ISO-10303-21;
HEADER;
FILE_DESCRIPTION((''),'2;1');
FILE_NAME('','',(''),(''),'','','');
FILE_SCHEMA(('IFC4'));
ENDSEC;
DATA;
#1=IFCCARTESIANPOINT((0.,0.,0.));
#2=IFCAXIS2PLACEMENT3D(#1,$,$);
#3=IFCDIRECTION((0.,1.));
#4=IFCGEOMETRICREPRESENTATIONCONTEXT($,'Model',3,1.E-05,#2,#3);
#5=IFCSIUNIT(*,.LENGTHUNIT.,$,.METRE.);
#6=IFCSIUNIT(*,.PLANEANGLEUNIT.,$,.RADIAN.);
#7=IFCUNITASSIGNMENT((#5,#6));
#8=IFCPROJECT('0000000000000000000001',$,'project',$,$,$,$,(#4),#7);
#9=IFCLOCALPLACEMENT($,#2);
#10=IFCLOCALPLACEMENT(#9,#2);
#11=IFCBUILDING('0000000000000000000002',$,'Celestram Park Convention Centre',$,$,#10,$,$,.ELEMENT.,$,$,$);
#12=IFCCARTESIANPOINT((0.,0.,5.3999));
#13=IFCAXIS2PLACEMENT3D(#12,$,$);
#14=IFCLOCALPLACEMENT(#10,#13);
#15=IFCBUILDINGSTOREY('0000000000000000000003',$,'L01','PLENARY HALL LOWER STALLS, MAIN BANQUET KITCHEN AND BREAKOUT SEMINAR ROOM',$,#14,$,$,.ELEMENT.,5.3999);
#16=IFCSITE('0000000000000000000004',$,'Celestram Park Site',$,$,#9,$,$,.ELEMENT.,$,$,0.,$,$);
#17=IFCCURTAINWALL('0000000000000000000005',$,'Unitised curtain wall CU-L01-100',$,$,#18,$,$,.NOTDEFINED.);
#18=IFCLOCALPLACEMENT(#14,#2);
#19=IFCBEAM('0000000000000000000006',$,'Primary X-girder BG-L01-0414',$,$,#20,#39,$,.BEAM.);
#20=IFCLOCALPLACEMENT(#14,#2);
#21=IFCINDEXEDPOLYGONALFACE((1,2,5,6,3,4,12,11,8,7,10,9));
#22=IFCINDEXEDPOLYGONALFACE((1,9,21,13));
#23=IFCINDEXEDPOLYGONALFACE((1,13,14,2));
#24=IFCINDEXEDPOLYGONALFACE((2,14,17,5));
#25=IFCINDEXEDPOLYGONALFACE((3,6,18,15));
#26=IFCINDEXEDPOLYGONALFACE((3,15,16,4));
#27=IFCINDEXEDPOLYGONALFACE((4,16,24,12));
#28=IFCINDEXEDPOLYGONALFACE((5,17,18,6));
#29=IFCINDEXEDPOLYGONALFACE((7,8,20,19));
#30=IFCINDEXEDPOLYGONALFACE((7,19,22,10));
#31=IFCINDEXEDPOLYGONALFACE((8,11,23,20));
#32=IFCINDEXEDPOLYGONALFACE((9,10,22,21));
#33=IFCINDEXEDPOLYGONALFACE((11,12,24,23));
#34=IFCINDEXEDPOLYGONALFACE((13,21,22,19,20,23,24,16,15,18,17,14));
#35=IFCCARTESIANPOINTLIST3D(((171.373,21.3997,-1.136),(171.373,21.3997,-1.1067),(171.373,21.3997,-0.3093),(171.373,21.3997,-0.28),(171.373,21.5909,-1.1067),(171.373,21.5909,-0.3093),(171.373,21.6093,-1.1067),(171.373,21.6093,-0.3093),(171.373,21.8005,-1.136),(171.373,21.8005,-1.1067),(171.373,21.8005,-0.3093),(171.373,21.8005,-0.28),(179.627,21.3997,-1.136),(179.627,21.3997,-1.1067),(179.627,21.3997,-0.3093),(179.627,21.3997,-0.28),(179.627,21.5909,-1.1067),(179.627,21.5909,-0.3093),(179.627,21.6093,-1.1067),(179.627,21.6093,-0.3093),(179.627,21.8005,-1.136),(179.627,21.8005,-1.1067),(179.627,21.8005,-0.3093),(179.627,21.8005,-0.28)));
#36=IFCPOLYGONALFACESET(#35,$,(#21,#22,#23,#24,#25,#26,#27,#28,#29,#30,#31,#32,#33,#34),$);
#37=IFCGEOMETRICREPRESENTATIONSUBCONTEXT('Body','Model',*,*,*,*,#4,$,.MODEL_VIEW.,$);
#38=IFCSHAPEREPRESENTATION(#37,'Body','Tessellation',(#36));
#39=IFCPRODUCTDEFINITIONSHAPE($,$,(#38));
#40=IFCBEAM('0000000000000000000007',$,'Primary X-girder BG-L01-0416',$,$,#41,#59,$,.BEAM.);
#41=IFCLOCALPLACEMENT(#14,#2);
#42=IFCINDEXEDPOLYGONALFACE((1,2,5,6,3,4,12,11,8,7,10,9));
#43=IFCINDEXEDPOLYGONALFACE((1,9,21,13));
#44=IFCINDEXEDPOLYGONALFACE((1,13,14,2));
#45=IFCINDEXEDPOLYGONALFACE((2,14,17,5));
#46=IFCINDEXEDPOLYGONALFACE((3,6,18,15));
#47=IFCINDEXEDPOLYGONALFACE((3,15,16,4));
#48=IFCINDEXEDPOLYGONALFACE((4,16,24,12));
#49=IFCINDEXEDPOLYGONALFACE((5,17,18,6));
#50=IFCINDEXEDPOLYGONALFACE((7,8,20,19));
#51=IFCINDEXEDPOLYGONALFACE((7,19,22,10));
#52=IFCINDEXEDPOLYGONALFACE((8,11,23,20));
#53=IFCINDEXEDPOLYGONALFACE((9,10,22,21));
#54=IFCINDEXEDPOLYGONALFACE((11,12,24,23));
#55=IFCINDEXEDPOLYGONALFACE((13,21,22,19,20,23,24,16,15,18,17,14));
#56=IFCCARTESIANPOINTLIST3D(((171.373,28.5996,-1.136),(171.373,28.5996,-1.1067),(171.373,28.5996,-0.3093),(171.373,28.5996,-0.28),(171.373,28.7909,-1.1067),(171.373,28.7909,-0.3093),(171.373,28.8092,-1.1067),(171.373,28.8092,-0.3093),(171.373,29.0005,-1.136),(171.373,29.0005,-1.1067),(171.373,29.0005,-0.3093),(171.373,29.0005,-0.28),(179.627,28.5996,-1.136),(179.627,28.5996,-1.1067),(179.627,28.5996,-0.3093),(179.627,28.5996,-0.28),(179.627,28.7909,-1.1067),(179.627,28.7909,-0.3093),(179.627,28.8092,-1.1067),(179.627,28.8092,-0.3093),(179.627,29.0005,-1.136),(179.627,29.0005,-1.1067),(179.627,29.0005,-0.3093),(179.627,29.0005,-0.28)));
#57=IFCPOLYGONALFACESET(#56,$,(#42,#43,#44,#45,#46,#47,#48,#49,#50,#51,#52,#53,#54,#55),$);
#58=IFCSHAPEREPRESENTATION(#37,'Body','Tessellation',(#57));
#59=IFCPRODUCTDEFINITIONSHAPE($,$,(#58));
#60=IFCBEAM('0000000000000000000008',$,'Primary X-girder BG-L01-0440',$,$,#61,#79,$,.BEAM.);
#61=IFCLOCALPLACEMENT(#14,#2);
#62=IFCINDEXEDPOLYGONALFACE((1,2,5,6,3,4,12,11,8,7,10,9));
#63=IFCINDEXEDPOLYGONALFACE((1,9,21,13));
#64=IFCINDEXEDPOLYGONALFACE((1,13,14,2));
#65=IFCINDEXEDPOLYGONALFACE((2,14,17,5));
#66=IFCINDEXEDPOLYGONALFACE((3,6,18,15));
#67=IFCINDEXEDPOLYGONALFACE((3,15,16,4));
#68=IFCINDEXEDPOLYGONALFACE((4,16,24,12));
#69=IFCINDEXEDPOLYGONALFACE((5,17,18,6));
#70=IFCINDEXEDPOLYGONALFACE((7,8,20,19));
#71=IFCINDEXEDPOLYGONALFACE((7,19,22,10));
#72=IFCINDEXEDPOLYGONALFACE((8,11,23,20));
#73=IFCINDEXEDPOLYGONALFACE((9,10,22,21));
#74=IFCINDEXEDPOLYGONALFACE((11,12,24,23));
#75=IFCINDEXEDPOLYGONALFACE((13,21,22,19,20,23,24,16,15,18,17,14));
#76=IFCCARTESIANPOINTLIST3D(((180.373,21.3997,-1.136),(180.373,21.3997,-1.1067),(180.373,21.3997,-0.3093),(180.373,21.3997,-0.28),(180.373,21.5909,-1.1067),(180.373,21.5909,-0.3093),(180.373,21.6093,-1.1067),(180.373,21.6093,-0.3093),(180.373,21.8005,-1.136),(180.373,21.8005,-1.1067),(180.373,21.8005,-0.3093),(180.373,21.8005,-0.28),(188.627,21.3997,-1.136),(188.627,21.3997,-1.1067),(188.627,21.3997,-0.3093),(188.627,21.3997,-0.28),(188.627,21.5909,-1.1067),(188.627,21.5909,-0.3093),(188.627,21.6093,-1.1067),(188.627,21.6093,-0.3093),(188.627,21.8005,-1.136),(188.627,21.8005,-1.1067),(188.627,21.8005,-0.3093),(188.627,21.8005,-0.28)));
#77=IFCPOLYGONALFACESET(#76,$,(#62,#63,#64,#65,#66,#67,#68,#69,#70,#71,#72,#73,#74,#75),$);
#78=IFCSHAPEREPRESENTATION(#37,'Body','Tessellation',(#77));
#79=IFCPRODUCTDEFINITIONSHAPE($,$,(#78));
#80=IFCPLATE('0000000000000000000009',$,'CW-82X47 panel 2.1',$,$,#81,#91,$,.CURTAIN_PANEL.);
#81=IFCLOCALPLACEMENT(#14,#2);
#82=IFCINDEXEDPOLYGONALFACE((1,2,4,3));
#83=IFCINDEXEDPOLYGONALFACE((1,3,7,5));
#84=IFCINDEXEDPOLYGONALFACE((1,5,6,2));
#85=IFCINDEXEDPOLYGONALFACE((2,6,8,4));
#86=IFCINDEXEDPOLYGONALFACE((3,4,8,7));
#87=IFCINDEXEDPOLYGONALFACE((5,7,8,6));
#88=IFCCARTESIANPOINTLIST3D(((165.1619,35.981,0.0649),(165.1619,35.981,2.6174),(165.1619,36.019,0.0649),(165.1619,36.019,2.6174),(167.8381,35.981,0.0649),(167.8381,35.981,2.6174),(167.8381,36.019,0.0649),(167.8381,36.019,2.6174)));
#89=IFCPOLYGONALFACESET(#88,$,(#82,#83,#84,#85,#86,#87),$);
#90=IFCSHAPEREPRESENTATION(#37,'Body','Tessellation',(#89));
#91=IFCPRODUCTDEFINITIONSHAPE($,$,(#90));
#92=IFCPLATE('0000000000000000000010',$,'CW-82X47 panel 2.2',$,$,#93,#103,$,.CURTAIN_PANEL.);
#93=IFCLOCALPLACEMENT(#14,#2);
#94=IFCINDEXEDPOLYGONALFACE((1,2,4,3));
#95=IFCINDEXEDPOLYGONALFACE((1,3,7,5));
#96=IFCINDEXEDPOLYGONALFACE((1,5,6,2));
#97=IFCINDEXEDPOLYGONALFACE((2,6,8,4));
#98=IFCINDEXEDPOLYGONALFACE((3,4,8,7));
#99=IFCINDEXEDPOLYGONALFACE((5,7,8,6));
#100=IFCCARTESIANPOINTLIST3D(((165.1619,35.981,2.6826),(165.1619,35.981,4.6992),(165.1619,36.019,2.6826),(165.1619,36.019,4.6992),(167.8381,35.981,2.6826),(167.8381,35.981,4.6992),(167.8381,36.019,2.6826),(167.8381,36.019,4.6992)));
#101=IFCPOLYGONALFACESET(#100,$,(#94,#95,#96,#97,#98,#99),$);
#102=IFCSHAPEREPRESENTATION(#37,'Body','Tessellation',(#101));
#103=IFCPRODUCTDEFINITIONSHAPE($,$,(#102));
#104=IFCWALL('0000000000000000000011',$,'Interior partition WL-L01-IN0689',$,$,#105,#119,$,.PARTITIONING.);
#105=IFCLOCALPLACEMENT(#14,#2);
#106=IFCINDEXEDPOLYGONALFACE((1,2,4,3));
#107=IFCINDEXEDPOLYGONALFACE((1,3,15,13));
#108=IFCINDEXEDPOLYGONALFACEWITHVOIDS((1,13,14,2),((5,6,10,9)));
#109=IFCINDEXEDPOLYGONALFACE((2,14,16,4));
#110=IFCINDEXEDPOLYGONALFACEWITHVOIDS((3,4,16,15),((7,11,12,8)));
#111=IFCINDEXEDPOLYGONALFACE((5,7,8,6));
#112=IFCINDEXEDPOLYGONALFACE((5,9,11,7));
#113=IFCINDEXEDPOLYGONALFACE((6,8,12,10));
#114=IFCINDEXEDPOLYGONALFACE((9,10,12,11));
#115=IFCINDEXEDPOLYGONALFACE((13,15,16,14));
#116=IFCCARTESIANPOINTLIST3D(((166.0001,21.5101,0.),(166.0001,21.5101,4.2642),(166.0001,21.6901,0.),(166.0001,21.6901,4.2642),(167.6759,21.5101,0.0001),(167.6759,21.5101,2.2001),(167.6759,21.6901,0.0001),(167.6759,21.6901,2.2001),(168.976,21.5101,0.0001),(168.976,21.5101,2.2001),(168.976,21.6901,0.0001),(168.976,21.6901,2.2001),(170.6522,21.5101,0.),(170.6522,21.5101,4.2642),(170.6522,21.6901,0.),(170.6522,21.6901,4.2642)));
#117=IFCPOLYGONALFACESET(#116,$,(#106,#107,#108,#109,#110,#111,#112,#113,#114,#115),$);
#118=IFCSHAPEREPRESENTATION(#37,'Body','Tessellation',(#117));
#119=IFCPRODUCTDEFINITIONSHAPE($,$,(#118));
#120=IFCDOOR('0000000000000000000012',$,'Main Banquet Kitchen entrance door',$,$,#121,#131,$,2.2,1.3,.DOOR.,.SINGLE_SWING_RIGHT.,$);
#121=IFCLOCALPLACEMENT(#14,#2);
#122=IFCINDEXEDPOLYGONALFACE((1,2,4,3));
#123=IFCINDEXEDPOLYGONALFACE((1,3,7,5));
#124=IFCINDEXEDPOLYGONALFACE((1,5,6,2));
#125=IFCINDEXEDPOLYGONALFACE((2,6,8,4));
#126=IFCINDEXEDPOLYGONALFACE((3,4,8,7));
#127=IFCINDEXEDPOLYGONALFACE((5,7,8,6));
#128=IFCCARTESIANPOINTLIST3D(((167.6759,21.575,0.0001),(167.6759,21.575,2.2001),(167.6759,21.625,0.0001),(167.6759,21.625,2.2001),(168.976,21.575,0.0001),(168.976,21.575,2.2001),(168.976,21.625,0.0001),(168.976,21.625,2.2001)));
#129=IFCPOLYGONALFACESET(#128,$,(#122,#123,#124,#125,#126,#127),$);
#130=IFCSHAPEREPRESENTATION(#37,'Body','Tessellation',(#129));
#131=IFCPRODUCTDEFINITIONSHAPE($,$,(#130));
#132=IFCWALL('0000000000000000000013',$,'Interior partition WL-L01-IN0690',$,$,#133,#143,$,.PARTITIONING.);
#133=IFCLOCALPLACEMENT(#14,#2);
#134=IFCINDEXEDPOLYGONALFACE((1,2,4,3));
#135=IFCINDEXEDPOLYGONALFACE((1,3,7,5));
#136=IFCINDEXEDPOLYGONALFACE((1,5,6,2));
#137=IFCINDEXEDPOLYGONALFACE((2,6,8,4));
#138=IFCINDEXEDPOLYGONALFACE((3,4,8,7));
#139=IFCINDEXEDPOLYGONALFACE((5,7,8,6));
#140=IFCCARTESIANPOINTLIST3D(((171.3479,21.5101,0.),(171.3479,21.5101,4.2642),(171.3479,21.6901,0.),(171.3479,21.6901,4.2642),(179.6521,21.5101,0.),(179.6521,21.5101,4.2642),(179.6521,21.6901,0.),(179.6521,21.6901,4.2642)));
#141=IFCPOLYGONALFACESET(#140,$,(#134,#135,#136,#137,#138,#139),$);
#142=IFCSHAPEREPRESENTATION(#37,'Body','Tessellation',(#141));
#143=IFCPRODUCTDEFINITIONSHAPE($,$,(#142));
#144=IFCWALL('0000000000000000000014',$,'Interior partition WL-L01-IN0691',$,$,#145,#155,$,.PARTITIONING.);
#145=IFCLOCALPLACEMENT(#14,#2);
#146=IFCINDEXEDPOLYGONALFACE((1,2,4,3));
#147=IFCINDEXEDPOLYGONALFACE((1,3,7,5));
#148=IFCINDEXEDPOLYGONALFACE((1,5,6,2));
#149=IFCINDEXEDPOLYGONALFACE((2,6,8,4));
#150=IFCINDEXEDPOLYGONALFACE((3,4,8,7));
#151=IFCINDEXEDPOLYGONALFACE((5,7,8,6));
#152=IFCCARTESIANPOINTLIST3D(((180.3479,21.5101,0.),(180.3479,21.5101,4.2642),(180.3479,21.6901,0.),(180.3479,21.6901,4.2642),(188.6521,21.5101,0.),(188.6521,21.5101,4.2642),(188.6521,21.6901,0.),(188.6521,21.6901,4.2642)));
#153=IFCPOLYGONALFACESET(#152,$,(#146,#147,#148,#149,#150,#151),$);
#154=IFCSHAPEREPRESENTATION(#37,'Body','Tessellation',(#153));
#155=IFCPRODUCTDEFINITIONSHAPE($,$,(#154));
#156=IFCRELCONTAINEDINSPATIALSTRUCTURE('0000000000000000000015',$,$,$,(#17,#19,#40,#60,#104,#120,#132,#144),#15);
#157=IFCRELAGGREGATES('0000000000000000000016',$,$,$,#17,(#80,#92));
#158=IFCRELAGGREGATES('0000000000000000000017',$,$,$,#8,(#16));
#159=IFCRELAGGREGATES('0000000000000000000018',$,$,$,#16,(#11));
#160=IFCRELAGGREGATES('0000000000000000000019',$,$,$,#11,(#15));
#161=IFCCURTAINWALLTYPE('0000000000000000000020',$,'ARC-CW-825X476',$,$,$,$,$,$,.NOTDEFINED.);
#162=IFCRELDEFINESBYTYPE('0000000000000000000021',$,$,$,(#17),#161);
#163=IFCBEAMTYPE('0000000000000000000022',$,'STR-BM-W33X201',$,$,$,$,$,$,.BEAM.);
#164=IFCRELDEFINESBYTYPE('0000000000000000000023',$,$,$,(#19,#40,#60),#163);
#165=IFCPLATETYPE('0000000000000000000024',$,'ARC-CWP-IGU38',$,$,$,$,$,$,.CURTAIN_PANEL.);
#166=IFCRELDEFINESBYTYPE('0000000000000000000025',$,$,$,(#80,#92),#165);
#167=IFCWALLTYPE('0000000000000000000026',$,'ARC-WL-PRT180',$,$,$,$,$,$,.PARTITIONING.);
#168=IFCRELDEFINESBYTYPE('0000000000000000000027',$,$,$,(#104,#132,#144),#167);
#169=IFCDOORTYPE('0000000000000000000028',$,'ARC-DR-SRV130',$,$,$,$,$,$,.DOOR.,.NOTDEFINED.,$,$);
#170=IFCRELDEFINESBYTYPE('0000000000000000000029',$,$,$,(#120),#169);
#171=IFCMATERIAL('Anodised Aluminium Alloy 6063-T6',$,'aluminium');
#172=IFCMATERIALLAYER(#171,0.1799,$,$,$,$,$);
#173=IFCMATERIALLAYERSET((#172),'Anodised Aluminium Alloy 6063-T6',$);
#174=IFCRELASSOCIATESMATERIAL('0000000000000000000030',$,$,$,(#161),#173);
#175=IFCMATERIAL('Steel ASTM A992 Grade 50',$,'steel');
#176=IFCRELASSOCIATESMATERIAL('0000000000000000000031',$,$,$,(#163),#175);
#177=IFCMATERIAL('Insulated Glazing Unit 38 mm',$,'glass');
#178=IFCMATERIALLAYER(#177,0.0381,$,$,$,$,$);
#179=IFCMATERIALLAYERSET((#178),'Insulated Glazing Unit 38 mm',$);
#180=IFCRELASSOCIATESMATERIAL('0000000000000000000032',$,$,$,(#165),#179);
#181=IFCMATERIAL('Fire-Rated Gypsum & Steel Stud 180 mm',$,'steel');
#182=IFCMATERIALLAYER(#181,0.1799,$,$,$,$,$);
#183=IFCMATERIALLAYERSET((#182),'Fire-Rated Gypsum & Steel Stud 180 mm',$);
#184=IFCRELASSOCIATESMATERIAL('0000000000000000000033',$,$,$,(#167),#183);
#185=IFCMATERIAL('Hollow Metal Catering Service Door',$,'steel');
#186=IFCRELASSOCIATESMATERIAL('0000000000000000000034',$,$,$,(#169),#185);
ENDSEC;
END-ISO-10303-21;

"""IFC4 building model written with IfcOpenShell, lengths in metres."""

from ifc_helpers import new_model, si_unit, direction, frame, frame_2d, origin, origin_2d, place, context, subcontext, project, spatial, rectangle, i_section, extrude, material, layer, layer_set, material_profile, profile_set, type_object, element, fill, aggregate, save


model = new_model("IFC4")

# Units and contexts
model_context = context("Model", 3, precision=1e-05, world=origin(), true_north=direction((0.0, 1.0)))
body_context = subcontext(model_context, "Body", "Model", "MODEL_VIEW")
ifc_project = project(units=[si_unit("LENGTHUNIT", "METRE"), si_unit("PLANEANGLEUNIT", "RADIAN")], contexts=[model_context])

# Site, building, storey
site_placement = place(None, origin())
site = spatial("IfcSite", under=ifc_project, at=site_placement, Name="Celestram Park Site", CompositionType="ELEMENT", RefElevation=0.0)
building_placement = place(site_placement, origin())
building = spatial("IfcBuilding", under=site, at=building_placement, Name="Celestram Park Convention Centre", CompositionType="ELEMENT")
storey_placement = place(building_placement, frame((0.0, 0.0, 5.3999)))
storey = spatial("IfcBuildingStorey", under=building, at=storey_placement, Name="L01", Description="PLENARY HALL LOWER STALLS, MAIN BANQUET KITCHEN AND BREAKOUT SEMINAR ROOM", CompositionType="ELEMENT", Elevation=5.3999)

# Curtain wall
ifc_material_1 = material(Name="Anodised Aluminium Alloy 6063-T6", Category="aluminium")
ifc_layer_1 = layer(ifc_material_1, 0.1799)
ifc_layer_set_1 = layer_set([ifc_layer_1], Name="Anodised Aluminium Alloy 6063-T6")
curtain_wall_type = type_object("IfcCurtainWallType", Name="ARC-CW-825X476", PredefinedType="NOTDEFINED", material=ifc_layer_set_1)
curtain_wall_placement = place(storey_placement, origin())
curtain_wall = element("IfcCurtainWall", 1, at=curtain_wall_placement, inside=storey, type_object=curtain_wall_type, Name="Unitised curtain wall CU-L01-100", PredefinedType="NOTDEFINED")

# Beams
ifc_material_2 = material(Name="Steel ASTM A992 Grade 50", Category="steel")
ifc_material_profile_1 = material_profile(ifc_material_2, i_section(OverallWidth=0.4009, OverallDepth=0.856, WebThickness=0.0183, FlangeThickness=0.0293, at=origin_2d()), Name="W33X201")
ifc_profile_set_1 = profile_set([ifc_material_profile_1], Name="Steel ASTM A992 Grade 50")
beam_type_1 = type_object("IfcBeamType", Name="STR-BM-W33X201", PredefinedType="BEAM", material=ifc_profile_set_1)
for number, where, z_axis, x_axis, name in (
    (2, (171.373, 21.6001, -0.708), (1.0, 0.0, 0.0), (0.0, 1.0, 0.0), "Primary X-girder BG-L01-0414"),
    (3, (171.373, 28.8, -0.708), (1.0, 0.0, 0.0), (0.0, 1.0, 0.0), "Primary X-girder BG-L01-0416"),
    (4, (180.373, 21.6001, -0.708), (1.0, 0.0, 0.0), (0.0, 1.0, 0.0), "Primary X-girder BG-L01-0440"),
):
    element("IfcBeam", number, at=place(storey_placement, frame(where, z_axis=z_axis, x_axis=x_axis)), inside=storey, type_object=beam_type_1, Name=name, PredefinedType="BEAM", context=body_context, shape_type="SweptSolid", body=[
        extrude(i_section(OverallWidth=0.4009, OverallDepth=0.856, WebThickness=0.0183, FlangeThickness=0.0293, at=origin_2d()), origin(), (0.0, 0.0, 1.0), 8.2539),
    ])

# Plates
ifc_material_3 = material(Name="Insulated Glazing Unit 38 mm", Category="glass")
ifc_layer_2 = layer(ifc_material_3, 0.0381)
ifc_layer_set_2 = layer_set([ifc_layer_2], Name="Insulated Glazing Unit 38 mm")
plate_type = type_object("IfcPlateType", Name="ARC-CWP-IGU38", PredefinedType="CURTAIN_PANEL", material=ifc_layer_set_2)
plate_1_placement = place(storey_placement, frame((166.5, 36.0, 0.0649), z_axis=(0.0, 0.0, 1.0), x_axis=(1.0, 0.0, 0.0)))
plate_1 = element("IfcPlate", 5, at=plate_1_placement, type_object=plate_type, Name="CW-82X47 panel 2.1", PredefinedType="CURTAIN_PANEL", context=body_context, shape_type="SweptSolid", body=[
    extrude(rectangle(XDim=2.6763, YDim=0.0381, at=origin_2d()), origin(), (0.0, 0.0, 1.0), 2.5525),
])
plate_2_placement = place(storey_placement, frame((166.5, 36.0, 2.6826), z_axis=(0.0, 0.0, 1.0), x_axis=(1.0, 0.0, 0.0)))
plate_2 = element("IfcPlate", 6, at=plate_2_placement, type_object=plate_type, Name="CW-82X47 panel 2.2", PredefinedType="CURTAIN_PANEL", context=body_context, shape_type="SweptSolid", body=[
    extrude(rectangle(XDim=2.6763, YDim=0.0381, at=origin_2d()), origin(), (0.0, 0.0, 1.0), 2.0166),
])
aggregate(curtain_wall, [plate_1, plate_2])

# Wall, opening, door
ifc_material_4 = material(Name="Fire-Rated Gypsum & Steel Stud 180 mm", Category="steel")
ifc_layer_3 = layer(ifc_material_4, 0.1799)
ifc_layer_set_3 = layer_set([ifc_layer_3], Name="Fire-Rated Gypsum & Steel Stud 180 mm")
wall_type = type_object("IfcWallType", Name="ARC-WL-PRT180", PredefinedType="PARTITIONING", material=ifc_layer_set_3)
wall_placement = place(storey_placement, frame((166.0, 21.6001, 0.0), z_axis=(0.0, 0.0, 1.0), x_axis=(1.0, 0.0, 0.0)))
wall = element("IfcWall", 7, at=wall_placement, inside=storey, type_object=wall_type, Name="Interior partition WL-L01-IN0689", PredefinedType="PARTITIONING", context=body_context, shape_type="SweptSolid", body=[
    extrude(rectangle(XDim=4.6521, YDim=0.1799, at=frame_2d((2.3262, 0.0))), origin(), (0.0, 0.0, 1.0), 4.2642),
])
opening_placement = place(wall_placement, frame((1.676, 0.0, 0.0)))
opening = element("IfcOpeningElement", 8, at=opening_placement, cuts=wall, PredefinedType="OPENING", context=body_context, shape_type="SweptSolid", body=[
    extrude(rectangle(XDim=1.3, YDim=2.2, at=frame_2d((0.6499, 1.1001))), frame((0.0, 0.0999, 0.0), z_axis=(0.0, -1.0, 0.0), x_axis=(1.0, 0.0, 0.0)), (0.0, 0.0, 1.0), 0.2),
])
ifc_material_5 = material(Name="Hollow Metal Catering Service Door", Category="steel")
door_type = type_object("IfcDoorType", Name="ARC-DR-SRV130", OperationType="NOTDEFINED", PredefinedType="DOOR", material=ifc_material_5)
door_placement = place(opening_placement, origin())
door = element("IfcDoor", 9, at=door_placement, inside=storey, type_object=door_type, Name="Main Banquet Kitchen entrance door", OperationType="SINGLE_SWING_RIGHT", OverallHeight=2.2, OverallWidth=1.3, PredefinedType="DOOR", context=body_context, shape_type="SweptSolid", body=[
    extrude(rectangle(XDim=1.3, YDim=2.2, at=frame_2d((0.6499, 1.1001))), frame((0.0, 0.0249, 0.0), z_axis=(0.0, -1.0, 0.0), x_axis=(1.0, 0.0, 0.0)), (0.0, 0.0, 1.0), 0.05),
])
fill(opening, door)

# Walls
for number, where, z_axis, x_axis, name in (
    (10, (171.3479, 21.6001, 0.0), (0.0, 0.0, 1.0), (1.0, 0.0, 0.0), "Interior partition WL-L01-IN0690"),
    (11, (180.3479, 21.6001, 0.0), (0.0, 0.0, 1.0), (1.0, 0.0, 0.0), "Interior partition WL-L01-IN0691"),
):
    element("IfcWall", number, at=place(storey_placement, frame(where, z_axis=z_axis, x_axis=x_axis)), inside=storey, type_object=wall_type, Name=name, PredefinedType="PARTITIONING", context=body_context, shape_type="SweptSolid", body=[
        extrude(rectangle(XDim=8.3042, YDim=0.1799, at=frame_2d((4.1521, 0.0))), origin(), (0.0, 0.0, 1.0), 4.2642),
    ])

save(model, "model.ifc")
